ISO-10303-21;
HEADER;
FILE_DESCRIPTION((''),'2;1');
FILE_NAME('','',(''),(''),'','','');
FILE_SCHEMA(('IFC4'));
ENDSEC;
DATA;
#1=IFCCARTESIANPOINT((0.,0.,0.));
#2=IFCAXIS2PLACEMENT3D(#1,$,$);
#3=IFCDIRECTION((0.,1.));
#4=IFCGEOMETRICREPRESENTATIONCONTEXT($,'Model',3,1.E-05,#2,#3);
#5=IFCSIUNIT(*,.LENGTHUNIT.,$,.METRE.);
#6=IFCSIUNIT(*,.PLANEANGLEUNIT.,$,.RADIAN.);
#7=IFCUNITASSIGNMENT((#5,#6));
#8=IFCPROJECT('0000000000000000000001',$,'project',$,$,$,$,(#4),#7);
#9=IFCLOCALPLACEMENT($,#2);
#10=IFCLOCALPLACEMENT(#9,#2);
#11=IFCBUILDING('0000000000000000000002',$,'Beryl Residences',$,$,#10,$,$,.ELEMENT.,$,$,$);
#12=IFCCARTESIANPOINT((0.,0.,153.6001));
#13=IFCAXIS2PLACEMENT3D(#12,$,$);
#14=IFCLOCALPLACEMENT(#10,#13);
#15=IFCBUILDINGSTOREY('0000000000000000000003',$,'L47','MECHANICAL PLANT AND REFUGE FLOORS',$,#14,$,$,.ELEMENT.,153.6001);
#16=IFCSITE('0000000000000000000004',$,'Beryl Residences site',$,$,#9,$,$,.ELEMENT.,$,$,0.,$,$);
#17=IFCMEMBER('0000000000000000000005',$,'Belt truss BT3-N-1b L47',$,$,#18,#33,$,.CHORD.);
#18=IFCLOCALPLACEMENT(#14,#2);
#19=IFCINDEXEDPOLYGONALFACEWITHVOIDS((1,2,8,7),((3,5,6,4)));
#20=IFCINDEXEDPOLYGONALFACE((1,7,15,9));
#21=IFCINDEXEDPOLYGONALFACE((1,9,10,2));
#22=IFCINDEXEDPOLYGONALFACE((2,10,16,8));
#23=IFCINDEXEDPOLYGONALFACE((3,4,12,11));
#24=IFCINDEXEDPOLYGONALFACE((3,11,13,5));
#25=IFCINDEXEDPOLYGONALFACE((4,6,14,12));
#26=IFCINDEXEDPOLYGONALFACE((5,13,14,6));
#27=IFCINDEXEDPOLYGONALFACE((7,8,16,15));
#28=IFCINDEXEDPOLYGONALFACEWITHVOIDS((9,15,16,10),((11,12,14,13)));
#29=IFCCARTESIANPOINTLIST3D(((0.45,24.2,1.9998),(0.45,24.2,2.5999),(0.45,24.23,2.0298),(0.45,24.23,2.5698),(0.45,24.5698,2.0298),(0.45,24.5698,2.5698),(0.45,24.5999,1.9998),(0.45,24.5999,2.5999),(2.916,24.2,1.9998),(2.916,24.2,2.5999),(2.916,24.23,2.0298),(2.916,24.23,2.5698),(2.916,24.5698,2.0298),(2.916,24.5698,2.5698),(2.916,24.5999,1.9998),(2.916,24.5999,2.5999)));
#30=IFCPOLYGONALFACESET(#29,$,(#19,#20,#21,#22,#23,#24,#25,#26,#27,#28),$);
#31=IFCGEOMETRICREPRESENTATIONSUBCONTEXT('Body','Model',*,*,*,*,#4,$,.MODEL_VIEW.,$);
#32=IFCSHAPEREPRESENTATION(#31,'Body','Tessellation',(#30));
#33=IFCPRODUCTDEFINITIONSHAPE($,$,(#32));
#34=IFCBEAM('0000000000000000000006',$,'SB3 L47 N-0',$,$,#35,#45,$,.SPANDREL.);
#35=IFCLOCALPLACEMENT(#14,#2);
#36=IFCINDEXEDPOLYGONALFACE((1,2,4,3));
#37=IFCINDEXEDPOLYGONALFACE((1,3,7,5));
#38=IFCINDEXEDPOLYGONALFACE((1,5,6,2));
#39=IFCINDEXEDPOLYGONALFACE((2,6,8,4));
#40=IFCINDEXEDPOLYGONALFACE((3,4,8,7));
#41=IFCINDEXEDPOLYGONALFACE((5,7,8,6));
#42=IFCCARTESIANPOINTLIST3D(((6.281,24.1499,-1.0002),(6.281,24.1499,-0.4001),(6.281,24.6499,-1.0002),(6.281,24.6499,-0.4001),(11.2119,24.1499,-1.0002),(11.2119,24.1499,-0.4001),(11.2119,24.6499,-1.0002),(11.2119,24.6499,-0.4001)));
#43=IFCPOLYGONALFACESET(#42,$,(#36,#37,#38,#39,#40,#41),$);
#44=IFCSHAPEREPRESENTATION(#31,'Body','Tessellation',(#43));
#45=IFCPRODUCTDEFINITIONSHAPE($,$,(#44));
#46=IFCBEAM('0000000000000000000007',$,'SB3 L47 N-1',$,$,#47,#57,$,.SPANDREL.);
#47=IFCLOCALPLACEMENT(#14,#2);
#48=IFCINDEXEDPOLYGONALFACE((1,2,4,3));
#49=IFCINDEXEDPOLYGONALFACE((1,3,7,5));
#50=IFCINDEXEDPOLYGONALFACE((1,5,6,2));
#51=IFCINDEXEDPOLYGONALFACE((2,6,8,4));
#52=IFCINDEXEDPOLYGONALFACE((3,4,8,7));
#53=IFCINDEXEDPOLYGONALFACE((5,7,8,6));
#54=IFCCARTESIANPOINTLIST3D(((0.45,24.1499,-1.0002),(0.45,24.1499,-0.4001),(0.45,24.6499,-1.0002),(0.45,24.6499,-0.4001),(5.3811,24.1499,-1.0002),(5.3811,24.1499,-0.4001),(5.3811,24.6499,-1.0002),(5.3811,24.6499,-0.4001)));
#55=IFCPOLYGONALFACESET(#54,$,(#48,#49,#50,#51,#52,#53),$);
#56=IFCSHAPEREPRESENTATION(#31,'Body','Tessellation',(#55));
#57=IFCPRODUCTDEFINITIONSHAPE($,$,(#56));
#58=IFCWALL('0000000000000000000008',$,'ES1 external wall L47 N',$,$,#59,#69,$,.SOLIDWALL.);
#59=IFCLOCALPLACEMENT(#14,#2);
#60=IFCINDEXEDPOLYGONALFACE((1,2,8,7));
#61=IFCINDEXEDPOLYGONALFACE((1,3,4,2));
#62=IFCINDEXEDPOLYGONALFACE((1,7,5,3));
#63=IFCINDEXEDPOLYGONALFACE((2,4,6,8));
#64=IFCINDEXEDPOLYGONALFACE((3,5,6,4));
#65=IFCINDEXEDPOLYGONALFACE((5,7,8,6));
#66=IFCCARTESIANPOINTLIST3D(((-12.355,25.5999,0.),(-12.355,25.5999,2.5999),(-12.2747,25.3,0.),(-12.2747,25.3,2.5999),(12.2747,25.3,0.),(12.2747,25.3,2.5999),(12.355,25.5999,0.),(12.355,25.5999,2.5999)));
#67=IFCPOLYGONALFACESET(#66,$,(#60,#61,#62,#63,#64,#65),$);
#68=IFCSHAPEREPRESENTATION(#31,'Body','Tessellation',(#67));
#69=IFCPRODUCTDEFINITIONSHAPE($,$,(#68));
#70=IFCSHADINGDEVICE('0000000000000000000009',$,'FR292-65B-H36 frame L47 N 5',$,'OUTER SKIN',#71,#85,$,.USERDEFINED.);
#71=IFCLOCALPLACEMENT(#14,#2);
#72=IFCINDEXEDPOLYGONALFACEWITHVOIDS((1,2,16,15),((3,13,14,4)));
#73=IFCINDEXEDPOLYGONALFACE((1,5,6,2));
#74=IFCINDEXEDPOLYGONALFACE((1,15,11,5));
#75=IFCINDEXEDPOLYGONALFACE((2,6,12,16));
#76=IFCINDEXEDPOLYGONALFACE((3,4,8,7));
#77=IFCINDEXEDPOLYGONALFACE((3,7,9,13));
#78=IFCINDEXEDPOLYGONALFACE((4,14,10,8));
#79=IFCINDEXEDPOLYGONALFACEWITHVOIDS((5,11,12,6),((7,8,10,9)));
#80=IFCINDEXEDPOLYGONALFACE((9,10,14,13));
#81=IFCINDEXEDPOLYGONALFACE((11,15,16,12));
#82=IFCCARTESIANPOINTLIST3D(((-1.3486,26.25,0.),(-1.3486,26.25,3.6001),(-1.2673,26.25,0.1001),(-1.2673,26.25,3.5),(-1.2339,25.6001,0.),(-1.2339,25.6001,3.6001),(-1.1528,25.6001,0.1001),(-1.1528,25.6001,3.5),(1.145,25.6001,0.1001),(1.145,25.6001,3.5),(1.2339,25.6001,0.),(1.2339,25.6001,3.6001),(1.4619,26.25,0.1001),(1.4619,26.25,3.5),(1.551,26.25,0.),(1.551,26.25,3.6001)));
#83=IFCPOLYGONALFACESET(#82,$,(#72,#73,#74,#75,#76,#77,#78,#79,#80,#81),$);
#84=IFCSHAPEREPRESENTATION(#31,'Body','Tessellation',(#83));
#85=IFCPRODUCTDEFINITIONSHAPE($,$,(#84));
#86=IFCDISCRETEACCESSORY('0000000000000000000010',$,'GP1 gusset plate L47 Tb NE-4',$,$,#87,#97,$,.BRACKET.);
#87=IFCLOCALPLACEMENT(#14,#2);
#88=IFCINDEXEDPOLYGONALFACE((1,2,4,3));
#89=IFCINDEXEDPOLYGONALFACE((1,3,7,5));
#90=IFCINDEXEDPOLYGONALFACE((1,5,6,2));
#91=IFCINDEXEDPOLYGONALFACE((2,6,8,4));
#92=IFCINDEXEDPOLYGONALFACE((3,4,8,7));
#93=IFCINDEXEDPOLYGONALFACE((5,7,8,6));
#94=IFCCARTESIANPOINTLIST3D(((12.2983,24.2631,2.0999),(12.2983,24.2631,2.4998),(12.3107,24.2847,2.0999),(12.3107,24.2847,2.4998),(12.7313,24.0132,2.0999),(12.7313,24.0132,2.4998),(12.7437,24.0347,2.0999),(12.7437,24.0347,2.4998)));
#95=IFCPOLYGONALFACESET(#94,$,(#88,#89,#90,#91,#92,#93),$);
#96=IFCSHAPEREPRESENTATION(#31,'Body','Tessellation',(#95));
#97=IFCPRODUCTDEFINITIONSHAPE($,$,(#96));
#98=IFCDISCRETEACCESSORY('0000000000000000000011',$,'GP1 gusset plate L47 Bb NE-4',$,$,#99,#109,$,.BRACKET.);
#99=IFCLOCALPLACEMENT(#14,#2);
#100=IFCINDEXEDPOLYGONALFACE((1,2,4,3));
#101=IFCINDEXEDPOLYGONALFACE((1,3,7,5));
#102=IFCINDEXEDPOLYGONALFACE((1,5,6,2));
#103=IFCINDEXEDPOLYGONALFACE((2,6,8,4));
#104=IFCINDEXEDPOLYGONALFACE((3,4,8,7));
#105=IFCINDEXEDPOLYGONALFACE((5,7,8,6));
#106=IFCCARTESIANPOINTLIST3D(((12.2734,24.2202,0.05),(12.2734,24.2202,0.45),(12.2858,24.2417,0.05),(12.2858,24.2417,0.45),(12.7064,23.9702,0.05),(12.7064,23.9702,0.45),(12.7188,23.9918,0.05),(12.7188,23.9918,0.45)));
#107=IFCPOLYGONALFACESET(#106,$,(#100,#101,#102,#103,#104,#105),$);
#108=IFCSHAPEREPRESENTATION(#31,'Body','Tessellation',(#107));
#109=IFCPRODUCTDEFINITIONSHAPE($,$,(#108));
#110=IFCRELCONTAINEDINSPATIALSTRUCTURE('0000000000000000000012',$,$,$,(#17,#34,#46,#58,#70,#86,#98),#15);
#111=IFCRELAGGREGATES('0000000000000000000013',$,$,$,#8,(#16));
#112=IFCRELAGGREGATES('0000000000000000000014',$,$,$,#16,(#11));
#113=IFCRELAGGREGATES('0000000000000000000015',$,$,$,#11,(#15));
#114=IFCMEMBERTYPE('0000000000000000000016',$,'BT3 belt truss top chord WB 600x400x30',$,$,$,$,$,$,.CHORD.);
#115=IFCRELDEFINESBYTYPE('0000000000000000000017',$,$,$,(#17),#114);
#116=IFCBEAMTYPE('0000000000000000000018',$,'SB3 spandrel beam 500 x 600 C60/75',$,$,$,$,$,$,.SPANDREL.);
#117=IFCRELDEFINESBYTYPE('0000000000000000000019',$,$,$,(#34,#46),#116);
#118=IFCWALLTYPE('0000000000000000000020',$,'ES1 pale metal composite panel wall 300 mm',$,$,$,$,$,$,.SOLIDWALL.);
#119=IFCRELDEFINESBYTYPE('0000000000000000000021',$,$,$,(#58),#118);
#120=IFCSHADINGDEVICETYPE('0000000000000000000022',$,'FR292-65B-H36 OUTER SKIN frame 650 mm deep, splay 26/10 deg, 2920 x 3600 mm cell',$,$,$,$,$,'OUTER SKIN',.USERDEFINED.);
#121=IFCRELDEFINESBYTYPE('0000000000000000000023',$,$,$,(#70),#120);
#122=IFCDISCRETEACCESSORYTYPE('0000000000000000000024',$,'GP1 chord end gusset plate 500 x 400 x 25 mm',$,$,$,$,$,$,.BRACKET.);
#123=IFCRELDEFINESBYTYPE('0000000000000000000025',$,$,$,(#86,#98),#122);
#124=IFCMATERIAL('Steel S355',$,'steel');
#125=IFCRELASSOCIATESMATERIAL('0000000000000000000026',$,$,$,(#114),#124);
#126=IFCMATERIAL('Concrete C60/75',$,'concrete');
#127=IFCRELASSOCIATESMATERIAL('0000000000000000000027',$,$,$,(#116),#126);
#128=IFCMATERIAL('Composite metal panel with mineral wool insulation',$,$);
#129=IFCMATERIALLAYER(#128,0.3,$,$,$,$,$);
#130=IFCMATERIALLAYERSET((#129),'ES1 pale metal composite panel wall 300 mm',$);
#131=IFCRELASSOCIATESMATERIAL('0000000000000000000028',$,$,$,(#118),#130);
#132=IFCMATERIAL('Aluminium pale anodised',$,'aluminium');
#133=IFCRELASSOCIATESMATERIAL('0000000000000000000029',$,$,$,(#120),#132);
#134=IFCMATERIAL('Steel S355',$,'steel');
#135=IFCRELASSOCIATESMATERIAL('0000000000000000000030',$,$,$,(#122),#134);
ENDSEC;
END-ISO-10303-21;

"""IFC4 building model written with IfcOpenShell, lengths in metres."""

from ifc_helpers import new_model, entity, si_unit, direction, frame, origin, origin_2d, place, context, subcontext, project, spatial, polyline, rectangle, hollow_rectangle, outline, extrude, source, transform, mapped, material, layer, layer_set, material_profile, profile_set, type_object, type_shapes, element, save


model = new_model("IFC4")

# Units and contexts
model_context = context("Model", 3, precision=1e-05, world=origin(), true_north=direction((0.0, 1.0)))
body_context = subcontext(model_context, "Body", "Model", "MODEL_VIEW")
ifc_project = project(units=[si_unit("LENGTHUNIT", "METRE"), si_unit("PLANEANGLEUNIT", "RADIAN")], contexts=[model_context])

# Site, building, storey
site_placement = place(None, origin())
site = spatial("IfcSite", under=ifc_project, at=site_placement, Name="Beryl Residences site", CompositionType="ELEMENT", RefElevation=0.0)
building_placement = place(site_placement, origin())
building = spatial("IfcBuilding", under=site, at=building_placement, Name="Beryl Residences", CompositionType="ELEMENT")
storey_placement = place(building_placement, frame((0.0, 0.0, 153.6001)))
storey = spatial("IfcBuildingStorey", under=building, at=storey_placement, Name="L47", Description="MECHANICAL PLANT AND REFUGE FLOORS", CompositionType="ELEMENT", Elevation=153.6001)

# Member
ifc_material_1 = material(Name="Steel S355", Category="steel")
ifc_material_profile_1 = material_profile(ifc_material_1, hollow_rectangle(XDim=0.3999, YDim=0.6001, WallThickness=0.03, at=origin_2d()))
ifc_profile_set_1 = profile_set([ifc_material_profile_1], Name="Steel S355")
member_type_1 = type_object("IfcMemberType", Name="BT3 belt truss top chord WB 600x400x30", PredefinedType="CHORD", material=ifc_profile_set_1)
member_1_placement = place(storey_placement, frame((2.916, 24.3999, 2.2998), z_axis=(-1.0, 0.0, 0.0), x_axis=(0.0, -1.0, 0.0)))
element("IfcMember", 1, at=member_1_placement, inside=storey, type_object=member_type_1, Name="Belt truss BT3-N-1b L47", PredefinedType="CHORD", context=body_context, shape_type="SweptSolid", body=[
    extrude(hollow_rectangle(XDim=0.3999, YDim=0.6001, WallThickness=0.03, at=origin_2d()), origin(), (0.0, 0.0, 1.0), 2.4661),
])

# Beams
ifc_material_2 = material(Name="Concrete C60/75", Category="concrete")
ifc_material_profile_2 = material_profile(ifc_material_2, rectangle(XDim=0.5, YDim=0.6001, at=origin_2d()))
ifc_profile_set_2 = profile_set([ifc_material_profile_2], Name="Concrete C60/75")
beam_type = type_object("IfcBeamType", Name="SB3 spandrel beam 500 x 600 C60/75", PredefinedType="SPANDREL", material=ifc_profile_set_2)
beam_1_placement = place(storey_placement, frame((11.2119, 24.3999, -0.7002), z_axis=(-1.0, 0.0, 0.0), x_axis=(0.0, -1.0, 0.0)))
element("IfcBeam", 2, at=beam_1_placement, inside=storey, type_object=beam_type, Name="SB3 L47 N-0", PredefinedType="SPANDREL", context=body_context, shape_type="SweptSolid", body=[
    extrude(rectangle(XDim=0.5, YDim=0.6001, at=origin_2d()), origin(), (0.0, 0.0, 1.0), 4.9309),
])
beam_2_placement = place(storey_placement, frame((5.3811, 24.3999, -0.7002), z_axis=(-1.0, 0.0, 0.0), x_axis=(0.0, -1.0, 0.0)))
element("IfcBeam", 3, at=beam_2_placement, inside=storey, type_object=beam_type, Name="SB3 L47 N-1", PredefinedType="SPANDREL", context=body_context, shape_type="SweptSolid", body=[
    extrude(rectangle(XDim=0.5, YDim=0.6001, at=origin_2d()), origin(), (0.0, 0.0, 1.0), 4.9312),
])

# Wall
ifc_material_3 = material(Name="Composite metal panel with mineral wool insulation")
ifc_layer = layer(ifc_material_3, 0.3)
ifc_layer_set = layer_set([ifc_layer], Name="ES1 pale metal composite panel wall 300 mm")
wall_type = type_object("IfcWallType", Name="ES1 pale metal composite panel wall 300 mm", PredefinedType="SOLIDWALL", material=ifc_layer_set)
wall_placement = place(storey_placement, frame((12.355, 25.45, 0.0), z_axis=(0.0, 0.0, 1.0), x_axis=(-1.0, 0.0, 0.0)))
element("IfcWall", 4, at=wall_placement, inside=storey, type_object=wall_type, Name="ES1 external wall L47 N", PredefinedType="SOLIDWALL", context=body_context, shape_type="SweptSolid", body=[
    extrude(outline(polyline([(0.0, -0.1499), (24.71, -0.1499), (24.6296, 0.1499), (0.0803, 0.1499), (0.0, -0.1499)])), origin(), (0.0, 0.0, 1.0), 2.5999),
])

# Shading device
ifc_material_4 = material(Name="Aluminium pale anodised", Category="aluminium")
shading_device_type_1 = type_object("IfcShadingDeviceType", Name="FR292-65B-H36 OUTER SKIN frame 650 mm deep, splay 26/10 deg, 2920 x 3600 mm cell", ElementType="OUTER SKIN", PredefinedType="USERDEFINED", material=ifc_material_4)
cartesian_point_1 = entity("IfcCartesianPoint", [-1.2339, 0.0])
cartesian_point_2 = entity("IfcCartesianPoint", [-1.145, 0.1001])
cartesian_point_3 = entity("IfcCartesianPoint", [-1.551, 0.0])
cartesian_point_4 = entity("IfcCartesianPoint", [-1.4619, 0.1001])
shared_shape_1 = source(origin(), body_context, "Body", "SweptSolid", [
    entity("IfcExtrudedAreaSolidTapered", entity("IfcArbitraryProfileDefWithVoids", "AREA", None, entity("IfcPolyline", [cartesian_point_1, entity("IfcCartesianPoint", [1.2339, 0.0]), entity("IfcCartesianPoint", [1.2339, 3.6001]), entity("IfcCartesianPoint", [-1.2339, 3.6001]), cartesian_point_1]), [entity("IfcPolyline", [cartesian_point_2, entity("IfcCartesianPoint", [1.1528, 0.1001]), entity("IfcCartesianPoint", [1.1528, 3.5]), entity("IfcCartesianPoint", [-1.145, 3.5]), cartesian_point_2])]), entity("IfcAxis2Placement3D", entity("IfcCartesianPoint", [0.0, 0.0, 0.0]), entity("IfcDirection", [0.0, 1.0, 0.0]), entity("IfcDirection", [-1.0, 0.0, 0.0])), entity("IfcDirection", [0.0, 0.0, 1.0]), 0.6499, entity("IfcArbitraryProfileDefWithVoids", "AREA", None, entity("IfcPolyline", [cartesian_point_3, entity("IfcCartesianPoint", [1.3486, 0.0]), entity("IfcCartesianPoint", [1.3486, 3.6001]), entity("IfcCartesianPoint", [-1.551, 3.6001]), cartesian_point_3]), [entity("IfcPolyline", [cartesian_point_4, entity("IfcCartesianPoint", [1.2673, 0.1001]), entity("IfcCartesianPoint", [1.2673, 3.5]), entity("IfcCartesianPoint", [-1.4619, 3.5]), cartesian_point_4])])),
])
type_shapes(shading_device_type_1, [shared_shape_1])
for number, where, z_axis, x_axis, name in (
    (5, (0.0, 25.6001, 0.0), (0.0, 0.0, 1.0), (1.0, 0.0, 0.0), "FR292-65B-H36 frame L47 N 5"),
):
    element("IfcShadingDevice", number, at=place(storey_placement, frame(where, z_axis=z_axis, x_axis=x_axis)), inside=storey, type_object=shading_device_type_1, Name=name, ObjectType="OUTER SKIN", PredefinedType="USERDEFINED", context=body_context, shape_type="MappedRepresentation", body=[
        mapped(shared_shape_1, transform((0.0, 0.0, 0.0))),
    ])

# Discrete accessories
ifc_material_5 = material(Name="Steel S355", Category="steel")
discrete_accessory_type = type_object("IfcDiscreteAccessoryType", Name="GP1 chord end gusset plate 500 x 400 x 25 mm", PredefinedType="BRACKET", material=ifc_material_5)
for number, where, z_axis, x_axis, name in (
    (6, (12.521, 24.1489, 2.0999), (0.0, 0.0, 1.0), (0.866069, -0.499924, 0.0), "GP1 gusset plate L47 Tb NE-4"),
    (7, (12.4961, 24.106, 0.05), (0.0, 0.0, 1.0), (0.866069, -0.499924, 0.0), "GP1 gusset plate L47 Bb NE-4"),
):
    element("IfcDiscreteAccessory", number, at=place(storey_placement, frame(where, z_axis=z_axis, x_axis=x_axis)), inside=storey, type_object=discrete_accessory_type, Name=name, PredefinedType="BRACKET", context=body_context, shape_type="SweptSolid", body=[
        extrude(rectangle(XDim=0.5, YDim=0.0249, at=origin_2d()), origin(), (0.0, 0.0, 1.0), 0.3999),
    ])

save(model, "model.ifc")
